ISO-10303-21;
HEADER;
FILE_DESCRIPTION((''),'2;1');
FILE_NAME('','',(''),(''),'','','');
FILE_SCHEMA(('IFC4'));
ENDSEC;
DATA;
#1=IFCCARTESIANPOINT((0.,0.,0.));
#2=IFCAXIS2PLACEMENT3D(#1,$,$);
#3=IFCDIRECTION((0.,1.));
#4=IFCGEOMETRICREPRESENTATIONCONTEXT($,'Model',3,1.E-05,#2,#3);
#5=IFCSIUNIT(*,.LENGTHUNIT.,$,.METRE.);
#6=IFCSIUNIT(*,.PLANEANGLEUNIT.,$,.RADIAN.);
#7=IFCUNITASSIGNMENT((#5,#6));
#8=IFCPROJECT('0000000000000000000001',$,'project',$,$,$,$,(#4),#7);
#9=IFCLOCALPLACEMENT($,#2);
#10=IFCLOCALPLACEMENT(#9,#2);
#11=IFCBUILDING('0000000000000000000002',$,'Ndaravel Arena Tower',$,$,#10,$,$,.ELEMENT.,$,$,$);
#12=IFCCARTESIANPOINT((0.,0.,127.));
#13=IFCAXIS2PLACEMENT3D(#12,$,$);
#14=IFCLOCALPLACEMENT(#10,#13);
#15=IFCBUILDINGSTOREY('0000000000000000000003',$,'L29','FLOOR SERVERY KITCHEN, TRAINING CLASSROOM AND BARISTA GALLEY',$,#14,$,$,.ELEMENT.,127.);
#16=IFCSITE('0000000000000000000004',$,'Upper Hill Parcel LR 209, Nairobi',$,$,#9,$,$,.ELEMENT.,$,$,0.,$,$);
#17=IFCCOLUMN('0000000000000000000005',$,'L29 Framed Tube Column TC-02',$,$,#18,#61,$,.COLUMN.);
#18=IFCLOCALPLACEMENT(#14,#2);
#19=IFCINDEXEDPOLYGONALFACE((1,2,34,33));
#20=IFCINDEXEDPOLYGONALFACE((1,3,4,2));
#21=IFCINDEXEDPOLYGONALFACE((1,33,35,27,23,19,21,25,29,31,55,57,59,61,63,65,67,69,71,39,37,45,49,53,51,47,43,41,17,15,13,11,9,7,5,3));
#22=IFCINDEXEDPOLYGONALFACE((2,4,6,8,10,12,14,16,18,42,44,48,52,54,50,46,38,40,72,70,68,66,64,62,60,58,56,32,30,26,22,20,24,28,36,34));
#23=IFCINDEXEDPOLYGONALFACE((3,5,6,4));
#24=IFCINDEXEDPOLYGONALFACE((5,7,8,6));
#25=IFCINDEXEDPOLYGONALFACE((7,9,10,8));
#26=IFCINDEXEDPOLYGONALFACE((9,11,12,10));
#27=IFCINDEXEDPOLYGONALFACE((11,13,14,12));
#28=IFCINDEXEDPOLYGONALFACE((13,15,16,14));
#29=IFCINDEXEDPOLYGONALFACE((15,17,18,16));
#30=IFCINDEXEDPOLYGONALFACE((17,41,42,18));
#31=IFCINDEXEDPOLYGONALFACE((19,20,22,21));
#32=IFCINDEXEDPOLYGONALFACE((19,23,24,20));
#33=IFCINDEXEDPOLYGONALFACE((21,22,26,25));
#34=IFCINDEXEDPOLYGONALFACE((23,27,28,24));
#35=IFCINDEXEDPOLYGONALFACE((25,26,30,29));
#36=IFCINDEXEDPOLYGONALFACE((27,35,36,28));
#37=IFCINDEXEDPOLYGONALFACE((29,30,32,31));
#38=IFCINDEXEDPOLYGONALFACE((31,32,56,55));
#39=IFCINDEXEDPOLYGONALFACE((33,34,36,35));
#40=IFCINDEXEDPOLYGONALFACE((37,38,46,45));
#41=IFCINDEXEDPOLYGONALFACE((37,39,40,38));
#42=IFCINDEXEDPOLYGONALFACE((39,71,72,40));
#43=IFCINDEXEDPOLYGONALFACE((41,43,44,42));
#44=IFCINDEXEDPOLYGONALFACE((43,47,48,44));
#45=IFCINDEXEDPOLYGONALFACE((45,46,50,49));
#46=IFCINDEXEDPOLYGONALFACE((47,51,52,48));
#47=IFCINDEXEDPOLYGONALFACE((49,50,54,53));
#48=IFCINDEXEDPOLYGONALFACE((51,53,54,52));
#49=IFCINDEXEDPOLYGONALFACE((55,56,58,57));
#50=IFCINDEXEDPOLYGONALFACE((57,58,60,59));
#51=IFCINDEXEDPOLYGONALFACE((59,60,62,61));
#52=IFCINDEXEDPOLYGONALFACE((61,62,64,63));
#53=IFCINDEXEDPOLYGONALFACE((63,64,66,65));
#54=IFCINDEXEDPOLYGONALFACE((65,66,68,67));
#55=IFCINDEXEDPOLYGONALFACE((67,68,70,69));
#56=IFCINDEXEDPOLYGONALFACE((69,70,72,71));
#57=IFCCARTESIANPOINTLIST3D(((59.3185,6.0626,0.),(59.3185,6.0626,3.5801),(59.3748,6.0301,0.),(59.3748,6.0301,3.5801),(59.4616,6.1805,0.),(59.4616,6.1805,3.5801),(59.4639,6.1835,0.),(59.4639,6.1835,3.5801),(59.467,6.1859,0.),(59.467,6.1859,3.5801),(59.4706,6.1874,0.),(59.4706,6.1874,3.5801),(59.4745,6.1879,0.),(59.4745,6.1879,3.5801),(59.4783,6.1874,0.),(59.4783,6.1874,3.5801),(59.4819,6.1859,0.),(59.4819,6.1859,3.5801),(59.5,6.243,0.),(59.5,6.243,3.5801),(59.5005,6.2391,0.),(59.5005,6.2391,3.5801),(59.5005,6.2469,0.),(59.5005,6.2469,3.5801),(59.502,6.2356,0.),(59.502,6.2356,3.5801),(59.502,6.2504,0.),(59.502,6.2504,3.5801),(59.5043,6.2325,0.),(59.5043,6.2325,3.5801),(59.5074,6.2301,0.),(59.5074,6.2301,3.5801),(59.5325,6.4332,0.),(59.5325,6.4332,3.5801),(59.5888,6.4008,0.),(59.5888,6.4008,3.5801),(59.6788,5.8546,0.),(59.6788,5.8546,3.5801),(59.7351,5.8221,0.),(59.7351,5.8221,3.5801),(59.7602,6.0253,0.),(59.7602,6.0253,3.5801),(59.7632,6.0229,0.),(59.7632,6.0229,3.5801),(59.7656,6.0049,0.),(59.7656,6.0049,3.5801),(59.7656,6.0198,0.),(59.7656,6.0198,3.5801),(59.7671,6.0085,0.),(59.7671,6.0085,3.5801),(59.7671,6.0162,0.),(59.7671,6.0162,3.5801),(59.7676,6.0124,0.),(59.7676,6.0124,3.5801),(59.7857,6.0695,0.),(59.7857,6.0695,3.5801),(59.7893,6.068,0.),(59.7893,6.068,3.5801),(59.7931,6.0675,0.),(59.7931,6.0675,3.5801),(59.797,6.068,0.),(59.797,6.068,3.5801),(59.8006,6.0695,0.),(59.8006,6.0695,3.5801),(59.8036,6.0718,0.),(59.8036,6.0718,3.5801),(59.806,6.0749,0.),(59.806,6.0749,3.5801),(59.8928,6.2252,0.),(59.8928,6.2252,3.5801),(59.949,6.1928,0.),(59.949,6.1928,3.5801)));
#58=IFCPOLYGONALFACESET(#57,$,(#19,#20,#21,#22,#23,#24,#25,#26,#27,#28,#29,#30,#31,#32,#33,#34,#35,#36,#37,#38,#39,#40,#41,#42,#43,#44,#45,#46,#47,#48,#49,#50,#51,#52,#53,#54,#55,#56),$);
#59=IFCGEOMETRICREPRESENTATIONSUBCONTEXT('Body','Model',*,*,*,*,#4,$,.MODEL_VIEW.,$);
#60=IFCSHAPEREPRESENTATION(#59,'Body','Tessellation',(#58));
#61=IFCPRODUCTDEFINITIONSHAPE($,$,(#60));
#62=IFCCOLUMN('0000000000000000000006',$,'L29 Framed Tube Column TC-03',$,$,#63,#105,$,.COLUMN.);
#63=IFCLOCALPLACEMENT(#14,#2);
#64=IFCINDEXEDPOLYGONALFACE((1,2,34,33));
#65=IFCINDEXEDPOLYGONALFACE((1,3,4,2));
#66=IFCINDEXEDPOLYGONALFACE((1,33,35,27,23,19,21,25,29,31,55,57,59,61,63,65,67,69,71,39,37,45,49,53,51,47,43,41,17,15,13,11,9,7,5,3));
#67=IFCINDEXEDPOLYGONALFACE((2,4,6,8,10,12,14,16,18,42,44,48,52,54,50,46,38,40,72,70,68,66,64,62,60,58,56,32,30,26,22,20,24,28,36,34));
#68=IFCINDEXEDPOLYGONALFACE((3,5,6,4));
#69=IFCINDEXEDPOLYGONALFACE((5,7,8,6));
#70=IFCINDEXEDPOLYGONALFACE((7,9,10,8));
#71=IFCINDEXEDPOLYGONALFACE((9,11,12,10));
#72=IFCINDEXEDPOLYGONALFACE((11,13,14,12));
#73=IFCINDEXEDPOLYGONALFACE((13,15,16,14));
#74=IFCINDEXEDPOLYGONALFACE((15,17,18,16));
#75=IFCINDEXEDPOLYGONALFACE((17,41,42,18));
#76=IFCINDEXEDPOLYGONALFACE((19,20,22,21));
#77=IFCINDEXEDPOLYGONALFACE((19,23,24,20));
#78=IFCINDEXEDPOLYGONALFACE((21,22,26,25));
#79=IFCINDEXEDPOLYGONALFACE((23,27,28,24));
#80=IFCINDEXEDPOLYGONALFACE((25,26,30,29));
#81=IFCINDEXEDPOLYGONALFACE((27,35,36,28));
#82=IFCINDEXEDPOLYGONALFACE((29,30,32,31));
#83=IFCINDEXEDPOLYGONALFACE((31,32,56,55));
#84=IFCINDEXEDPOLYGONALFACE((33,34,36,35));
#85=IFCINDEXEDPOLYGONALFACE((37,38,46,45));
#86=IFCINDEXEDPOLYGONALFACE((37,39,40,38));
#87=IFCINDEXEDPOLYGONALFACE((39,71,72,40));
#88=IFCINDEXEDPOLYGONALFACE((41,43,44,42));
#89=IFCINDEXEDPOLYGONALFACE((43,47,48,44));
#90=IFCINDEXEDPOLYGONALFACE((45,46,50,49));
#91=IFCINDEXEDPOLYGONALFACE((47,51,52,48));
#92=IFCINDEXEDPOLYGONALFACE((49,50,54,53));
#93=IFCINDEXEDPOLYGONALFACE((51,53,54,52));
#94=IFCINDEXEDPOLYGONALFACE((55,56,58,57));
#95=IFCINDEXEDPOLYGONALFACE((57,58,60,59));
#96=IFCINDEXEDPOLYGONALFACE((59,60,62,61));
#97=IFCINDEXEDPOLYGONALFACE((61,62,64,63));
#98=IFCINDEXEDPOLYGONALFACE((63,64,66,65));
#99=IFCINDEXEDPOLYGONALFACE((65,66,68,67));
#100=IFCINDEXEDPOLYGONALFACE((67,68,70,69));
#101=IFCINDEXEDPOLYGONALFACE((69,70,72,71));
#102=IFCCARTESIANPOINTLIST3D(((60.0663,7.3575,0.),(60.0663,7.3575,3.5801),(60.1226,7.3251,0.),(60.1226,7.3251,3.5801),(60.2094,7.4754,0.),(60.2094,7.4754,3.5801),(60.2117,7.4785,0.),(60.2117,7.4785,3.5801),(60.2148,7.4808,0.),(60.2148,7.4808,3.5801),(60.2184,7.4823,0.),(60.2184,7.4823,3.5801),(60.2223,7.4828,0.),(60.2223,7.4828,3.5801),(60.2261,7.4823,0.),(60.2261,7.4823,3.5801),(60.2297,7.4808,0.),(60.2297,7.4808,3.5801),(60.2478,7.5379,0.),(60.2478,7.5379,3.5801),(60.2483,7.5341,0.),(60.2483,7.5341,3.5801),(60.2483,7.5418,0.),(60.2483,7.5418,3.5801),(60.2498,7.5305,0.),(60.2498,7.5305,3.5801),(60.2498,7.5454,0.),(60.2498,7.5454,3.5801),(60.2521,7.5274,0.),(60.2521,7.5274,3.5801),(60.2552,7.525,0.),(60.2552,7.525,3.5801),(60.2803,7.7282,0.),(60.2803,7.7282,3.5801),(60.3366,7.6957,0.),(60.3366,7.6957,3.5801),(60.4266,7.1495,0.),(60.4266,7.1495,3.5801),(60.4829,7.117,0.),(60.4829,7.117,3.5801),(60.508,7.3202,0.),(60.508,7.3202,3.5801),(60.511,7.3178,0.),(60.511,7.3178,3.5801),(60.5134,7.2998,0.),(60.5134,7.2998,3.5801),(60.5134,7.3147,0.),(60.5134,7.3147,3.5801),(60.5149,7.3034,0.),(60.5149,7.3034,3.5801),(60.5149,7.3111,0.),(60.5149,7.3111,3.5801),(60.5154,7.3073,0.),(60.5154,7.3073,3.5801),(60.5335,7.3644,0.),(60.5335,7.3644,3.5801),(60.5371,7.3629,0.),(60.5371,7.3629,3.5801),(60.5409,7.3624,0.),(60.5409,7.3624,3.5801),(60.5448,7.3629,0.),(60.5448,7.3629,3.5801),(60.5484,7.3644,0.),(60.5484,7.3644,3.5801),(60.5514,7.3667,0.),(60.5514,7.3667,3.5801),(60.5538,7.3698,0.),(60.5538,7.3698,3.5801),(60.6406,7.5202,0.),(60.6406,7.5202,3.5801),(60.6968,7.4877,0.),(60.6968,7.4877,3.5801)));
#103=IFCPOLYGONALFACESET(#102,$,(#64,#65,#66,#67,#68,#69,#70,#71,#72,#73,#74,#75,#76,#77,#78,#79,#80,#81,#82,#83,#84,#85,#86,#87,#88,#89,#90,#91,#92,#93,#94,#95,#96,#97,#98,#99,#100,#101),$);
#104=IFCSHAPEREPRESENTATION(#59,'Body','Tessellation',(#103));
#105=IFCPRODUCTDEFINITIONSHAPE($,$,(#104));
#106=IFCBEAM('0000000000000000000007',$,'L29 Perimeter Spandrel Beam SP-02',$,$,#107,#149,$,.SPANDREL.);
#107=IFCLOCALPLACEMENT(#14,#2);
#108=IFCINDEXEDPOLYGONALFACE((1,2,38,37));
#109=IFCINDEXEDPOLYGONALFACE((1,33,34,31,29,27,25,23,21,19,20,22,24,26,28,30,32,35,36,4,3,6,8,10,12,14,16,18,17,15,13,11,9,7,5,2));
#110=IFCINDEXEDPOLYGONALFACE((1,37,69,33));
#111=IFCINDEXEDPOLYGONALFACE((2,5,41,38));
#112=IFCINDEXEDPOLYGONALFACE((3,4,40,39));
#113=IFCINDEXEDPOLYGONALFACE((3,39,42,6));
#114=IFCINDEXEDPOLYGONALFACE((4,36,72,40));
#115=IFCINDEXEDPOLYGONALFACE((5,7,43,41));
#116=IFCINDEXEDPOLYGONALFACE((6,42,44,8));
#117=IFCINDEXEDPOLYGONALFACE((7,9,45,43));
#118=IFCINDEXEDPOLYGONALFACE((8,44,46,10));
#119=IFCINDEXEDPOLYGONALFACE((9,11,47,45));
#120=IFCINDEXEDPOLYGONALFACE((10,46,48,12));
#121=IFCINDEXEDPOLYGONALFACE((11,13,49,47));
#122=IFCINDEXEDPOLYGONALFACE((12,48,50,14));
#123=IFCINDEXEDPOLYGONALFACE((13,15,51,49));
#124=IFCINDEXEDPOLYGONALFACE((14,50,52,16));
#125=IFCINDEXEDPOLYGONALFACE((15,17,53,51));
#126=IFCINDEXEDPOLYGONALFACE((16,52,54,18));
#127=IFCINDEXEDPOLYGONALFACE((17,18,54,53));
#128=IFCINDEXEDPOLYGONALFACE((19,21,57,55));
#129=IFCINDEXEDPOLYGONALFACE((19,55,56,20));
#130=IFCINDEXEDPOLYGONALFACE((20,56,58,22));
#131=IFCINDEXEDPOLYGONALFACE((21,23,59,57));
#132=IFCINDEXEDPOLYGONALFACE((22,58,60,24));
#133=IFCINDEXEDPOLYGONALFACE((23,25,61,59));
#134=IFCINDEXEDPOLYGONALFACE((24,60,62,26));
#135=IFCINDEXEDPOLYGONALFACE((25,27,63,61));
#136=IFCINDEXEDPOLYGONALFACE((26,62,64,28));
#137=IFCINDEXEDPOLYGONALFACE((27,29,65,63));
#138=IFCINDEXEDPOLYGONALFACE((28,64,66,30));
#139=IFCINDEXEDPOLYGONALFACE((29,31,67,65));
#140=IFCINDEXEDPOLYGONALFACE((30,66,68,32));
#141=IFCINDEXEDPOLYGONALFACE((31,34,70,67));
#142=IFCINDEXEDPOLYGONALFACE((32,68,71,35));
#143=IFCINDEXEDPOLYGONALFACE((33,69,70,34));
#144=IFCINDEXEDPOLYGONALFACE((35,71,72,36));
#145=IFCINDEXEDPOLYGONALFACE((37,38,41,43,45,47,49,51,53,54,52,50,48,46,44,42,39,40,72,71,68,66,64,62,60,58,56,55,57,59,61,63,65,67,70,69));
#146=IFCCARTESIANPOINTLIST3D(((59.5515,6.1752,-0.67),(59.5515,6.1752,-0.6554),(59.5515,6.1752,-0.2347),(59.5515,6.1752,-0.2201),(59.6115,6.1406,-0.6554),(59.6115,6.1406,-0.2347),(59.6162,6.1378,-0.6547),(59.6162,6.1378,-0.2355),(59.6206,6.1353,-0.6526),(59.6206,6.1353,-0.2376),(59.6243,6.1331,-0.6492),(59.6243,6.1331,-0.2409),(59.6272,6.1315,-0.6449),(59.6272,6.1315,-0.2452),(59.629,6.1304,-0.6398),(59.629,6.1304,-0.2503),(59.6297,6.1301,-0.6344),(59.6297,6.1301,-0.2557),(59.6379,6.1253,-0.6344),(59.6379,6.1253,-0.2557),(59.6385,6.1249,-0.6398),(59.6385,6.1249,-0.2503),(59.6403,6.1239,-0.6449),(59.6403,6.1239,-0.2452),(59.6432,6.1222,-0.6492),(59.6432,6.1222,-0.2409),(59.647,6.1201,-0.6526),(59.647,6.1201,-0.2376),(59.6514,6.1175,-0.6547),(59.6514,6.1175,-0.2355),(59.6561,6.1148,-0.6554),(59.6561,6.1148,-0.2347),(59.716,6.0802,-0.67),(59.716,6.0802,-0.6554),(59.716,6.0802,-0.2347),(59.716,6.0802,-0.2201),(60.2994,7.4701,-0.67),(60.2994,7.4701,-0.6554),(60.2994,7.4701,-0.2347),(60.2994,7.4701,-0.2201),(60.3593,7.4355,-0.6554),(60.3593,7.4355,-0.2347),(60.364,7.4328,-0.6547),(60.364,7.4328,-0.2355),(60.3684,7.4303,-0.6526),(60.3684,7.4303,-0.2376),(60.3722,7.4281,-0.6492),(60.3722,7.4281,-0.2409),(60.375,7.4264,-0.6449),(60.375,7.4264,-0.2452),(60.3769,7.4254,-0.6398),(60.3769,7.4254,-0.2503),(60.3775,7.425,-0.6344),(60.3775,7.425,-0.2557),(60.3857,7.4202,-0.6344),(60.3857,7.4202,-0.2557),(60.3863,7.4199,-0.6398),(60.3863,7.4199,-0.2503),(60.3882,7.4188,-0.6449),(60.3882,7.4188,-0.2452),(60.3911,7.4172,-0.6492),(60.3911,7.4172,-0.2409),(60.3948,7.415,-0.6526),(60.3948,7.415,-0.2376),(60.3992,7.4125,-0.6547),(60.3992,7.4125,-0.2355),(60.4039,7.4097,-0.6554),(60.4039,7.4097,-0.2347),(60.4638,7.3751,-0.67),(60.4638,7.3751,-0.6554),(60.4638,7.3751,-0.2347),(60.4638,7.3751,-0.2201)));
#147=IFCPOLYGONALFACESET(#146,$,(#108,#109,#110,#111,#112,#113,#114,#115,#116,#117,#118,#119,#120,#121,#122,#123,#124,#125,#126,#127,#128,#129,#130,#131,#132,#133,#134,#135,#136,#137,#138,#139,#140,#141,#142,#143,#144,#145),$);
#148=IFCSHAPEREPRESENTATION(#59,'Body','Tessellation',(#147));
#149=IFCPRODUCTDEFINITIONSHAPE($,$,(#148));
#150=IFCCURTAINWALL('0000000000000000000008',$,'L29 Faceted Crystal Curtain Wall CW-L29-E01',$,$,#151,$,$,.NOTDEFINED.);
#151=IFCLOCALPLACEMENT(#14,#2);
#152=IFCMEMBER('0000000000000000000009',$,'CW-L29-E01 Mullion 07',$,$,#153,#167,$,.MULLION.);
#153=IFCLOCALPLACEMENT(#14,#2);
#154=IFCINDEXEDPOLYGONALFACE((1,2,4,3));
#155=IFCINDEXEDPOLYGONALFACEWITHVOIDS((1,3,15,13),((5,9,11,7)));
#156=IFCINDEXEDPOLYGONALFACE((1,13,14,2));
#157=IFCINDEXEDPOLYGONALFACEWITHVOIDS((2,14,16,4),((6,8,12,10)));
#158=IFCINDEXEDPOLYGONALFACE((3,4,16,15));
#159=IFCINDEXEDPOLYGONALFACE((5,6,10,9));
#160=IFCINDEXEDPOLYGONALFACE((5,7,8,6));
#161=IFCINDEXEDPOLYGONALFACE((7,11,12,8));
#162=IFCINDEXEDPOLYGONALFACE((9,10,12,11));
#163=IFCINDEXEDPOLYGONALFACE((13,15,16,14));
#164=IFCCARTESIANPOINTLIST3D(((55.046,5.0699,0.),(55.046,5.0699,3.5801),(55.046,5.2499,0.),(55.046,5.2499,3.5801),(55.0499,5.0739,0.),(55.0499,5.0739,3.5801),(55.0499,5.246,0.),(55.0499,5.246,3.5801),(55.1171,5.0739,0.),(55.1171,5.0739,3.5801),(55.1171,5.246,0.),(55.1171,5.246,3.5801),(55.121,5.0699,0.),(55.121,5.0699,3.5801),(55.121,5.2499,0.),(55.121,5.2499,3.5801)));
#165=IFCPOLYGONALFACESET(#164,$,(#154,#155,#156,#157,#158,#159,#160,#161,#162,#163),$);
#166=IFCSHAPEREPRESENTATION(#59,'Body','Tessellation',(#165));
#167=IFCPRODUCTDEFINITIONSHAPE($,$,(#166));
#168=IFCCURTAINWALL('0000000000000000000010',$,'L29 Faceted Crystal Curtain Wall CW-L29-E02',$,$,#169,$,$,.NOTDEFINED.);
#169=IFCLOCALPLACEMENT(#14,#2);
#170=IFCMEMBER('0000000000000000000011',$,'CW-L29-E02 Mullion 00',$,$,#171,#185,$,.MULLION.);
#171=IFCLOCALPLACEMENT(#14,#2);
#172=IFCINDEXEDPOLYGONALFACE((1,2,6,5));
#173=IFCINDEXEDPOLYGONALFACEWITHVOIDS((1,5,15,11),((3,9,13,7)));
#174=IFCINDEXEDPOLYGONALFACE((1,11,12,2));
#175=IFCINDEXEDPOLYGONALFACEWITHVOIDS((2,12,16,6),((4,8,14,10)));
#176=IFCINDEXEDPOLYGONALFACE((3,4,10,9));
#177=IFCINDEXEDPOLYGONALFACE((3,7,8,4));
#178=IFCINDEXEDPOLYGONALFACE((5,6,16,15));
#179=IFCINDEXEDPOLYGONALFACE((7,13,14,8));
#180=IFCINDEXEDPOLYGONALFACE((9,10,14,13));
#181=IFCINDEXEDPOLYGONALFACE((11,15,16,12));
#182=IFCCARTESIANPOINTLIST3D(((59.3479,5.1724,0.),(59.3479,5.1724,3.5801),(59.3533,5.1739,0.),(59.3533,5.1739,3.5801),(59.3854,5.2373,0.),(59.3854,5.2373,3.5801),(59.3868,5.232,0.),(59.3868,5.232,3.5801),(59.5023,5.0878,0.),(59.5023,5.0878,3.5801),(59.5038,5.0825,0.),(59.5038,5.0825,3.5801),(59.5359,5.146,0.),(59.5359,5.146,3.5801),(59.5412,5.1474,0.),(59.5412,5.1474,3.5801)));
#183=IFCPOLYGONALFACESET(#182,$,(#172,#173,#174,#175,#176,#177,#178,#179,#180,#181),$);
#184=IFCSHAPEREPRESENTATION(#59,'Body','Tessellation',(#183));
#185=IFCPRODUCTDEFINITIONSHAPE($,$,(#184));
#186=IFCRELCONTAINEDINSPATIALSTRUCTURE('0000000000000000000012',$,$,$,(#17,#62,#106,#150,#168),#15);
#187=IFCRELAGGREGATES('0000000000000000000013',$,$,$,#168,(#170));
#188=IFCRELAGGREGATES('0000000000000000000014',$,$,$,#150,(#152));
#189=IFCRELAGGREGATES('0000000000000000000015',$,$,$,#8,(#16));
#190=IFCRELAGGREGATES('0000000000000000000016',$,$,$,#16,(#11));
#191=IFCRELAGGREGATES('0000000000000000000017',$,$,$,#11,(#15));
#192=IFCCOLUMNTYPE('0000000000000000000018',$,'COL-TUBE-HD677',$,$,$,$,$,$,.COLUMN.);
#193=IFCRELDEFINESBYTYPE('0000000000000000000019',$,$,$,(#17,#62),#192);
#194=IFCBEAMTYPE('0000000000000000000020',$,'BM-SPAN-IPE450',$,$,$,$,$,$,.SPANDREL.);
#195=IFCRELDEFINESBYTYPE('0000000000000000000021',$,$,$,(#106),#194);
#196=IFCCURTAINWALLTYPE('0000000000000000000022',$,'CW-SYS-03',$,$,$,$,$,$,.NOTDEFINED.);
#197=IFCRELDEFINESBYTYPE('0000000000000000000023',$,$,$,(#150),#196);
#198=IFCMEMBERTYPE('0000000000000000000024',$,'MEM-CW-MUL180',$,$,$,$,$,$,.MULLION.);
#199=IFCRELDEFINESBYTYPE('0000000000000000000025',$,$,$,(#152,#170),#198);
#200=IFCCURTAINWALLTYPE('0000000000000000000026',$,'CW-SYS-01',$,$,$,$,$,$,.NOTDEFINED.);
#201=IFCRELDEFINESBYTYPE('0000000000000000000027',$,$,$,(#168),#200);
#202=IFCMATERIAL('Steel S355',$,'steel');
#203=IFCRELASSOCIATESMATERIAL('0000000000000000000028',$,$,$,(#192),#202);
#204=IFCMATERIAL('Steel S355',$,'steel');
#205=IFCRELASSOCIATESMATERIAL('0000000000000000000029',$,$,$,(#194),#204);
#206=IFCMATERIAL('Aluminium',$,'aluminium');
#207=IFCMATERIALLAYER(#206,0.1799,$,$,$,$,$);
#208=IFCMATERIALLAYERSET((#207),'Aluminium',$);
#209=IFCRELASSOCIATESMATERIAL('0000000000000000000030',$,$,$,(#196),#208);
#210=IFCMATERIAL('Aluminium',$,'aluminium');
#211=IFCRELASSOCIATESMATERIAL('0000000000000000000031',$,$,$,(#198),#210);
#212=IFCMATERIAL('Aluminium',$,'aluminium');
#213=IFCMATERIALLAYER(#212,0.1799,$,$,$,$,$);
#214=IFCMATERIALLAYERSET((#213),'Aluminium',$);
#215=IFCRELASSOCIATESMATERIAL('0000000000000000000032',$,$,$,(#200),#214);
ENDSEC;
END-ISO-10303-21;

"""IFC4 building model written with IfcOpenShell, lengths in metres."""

from ifc_helpers import new_model, si_unit, direction, frame, origin, origin_2d, place, context, subcontext, project, spatial, hollow_rectangle, i_section, extrude, material, layer, layer_set, material_profile, profile_set, type_object, element, aggregate, save


model = new_model("IFC4")

# Units and contexts
model_context = context("Model", 3, precision=1e-05, world=origin(), true_north=direction((0.0, 1.0)))
body_context = subcontext(model_context, "Body", "Model", "MODEL_VIEW")
ifc_project = project(units=[si_unit("LENGTHUNIT", "METRE"), si_unit("PLANEANGLEUNIT", "RADIAN")], contexts=[model_context])

# Site, building, storey
site_placement = place(None, origin())
site = spatial("IfcSite", under=ifc_project, at=site_placement, Name="Upper Hill Parcel LR 209, Nairobi", CompositionType="ELEMENT", RefElevation=0.0)
building_placement = place(site_placement, origin())
building = spatial("IfcBuilding", under=site, at=building_placement, Name="Ndaravel Arena Tower", CompositionType="ELEMENT")
storey_placement = place(building_placement, frame((0.0, 0.0, 127.0)))
storey = spatial("IfcBuildingStorey", under=building, at=storey_placement, Name="L29", Description="FLOOR SERVERY KITCHEN, TRAINING CLASSROOM AND BARISTA GALLEY", CompositionType="ELEMENT", Elevation=127.0)

# Columns
ifc_material_1 = material(Name="Steel S355", Category="steel")
ifc_material_profile_1 = material_profile(ifc_material_1, i_section(OverallWidth=0.428, OverallDepth=0.481, WebThickness=0.051, FlangeThickness=0.0649, FilletRadius=0.0149, at=origin_2d()), Name="HD 400x677")
ifc_profile_set_1 = profile_set([ifc_material_profile_1], Name="Steel S355")
column_type = type_object("IfcColumnType", Name="COL-TUBE-HD677", PredefinedType="COLUMN", material=ifc_profile_set_1)
for number, where, z_axis, x_axis, name in (
    (1, (59.6338, 6.1277, 0.0), (0.0, 0.0, 1.0), (0.5, 0.866025, 0.0), "L29 Framed Tube Column TC-02"),
    (2, (60.3816, 7.4226, 0.0), (0.0, 0.0, 1.0), (0.5, 0.866025, 0.0), "L29 Framed Tube Column TC-03"),
):
    element("IfcColumn", number, at=place(storey_placement, frame(where, z_axis=z_axis, x_axis=x_axis)), inside=storey, type_object=column_type, Name=name, PredefinedType="COLUMN", context=body_context, shape_type="SweptSolid", body=[
        extrude(i_section(OverallWidth=0.428, OverallDepth=0.481, WebThickness=0.051, FlangeThickness=0.0649, FilletRadius=0.0149, at=origin_2d()), origin(), (0.0, 0.0, 1.0), 3.5801),
    ])

# Beam
ifc_material_2 = material(Name="Steel S355", Category="steel")
ifc_material_profile_2 = material_profile(ifc_material_2, i_section(OverallWidth=0.1899, OverallDepth=0.45, WebThickness=0.0095, FlangeThickness=0.0146, FilletRadius=0.021, at=origin_2d()), Name="IPE 450")
ifc_profile_set_2 = profile_set([ifc_material_profile_2], Name="Steel S355")
beam_type = type_object("IfcBeamType", Name="BM-SPAN-IPE450", PredefinedType="SPANDREL", material=ifc_profile_set_2)
beam_placement = place(storey_placement, frame((59.6338, 6.1277, -0.4451), z_axis=(0.50009, 0.865973, 0.0), x_axis=(-0.865973, 0.50009, 0.0)))
element("IfcBeam", 3, at=beam_placement, inside=storey, type_object=beam_type, Name="L29 Perimeter Spandrel Beam SP-02", PredefinedType="SPANDREL", context=body_context, shape_type="SweptSolid", body=[
    extrude(i_section(OverallWidth=0.1899, OverallDepth=0.45, WebThickness=0.0095, FlangeThickness=0.0146, FilletRadius=0.021, at=origin_2d()), origin(), (0.0, 0.0, 1.0), 1.4954),
])

# Curtain wall, member
ifc_material_3 = material(Name="Aluminium", Category="aluminium")
ifc_layer_1 = layer(ifc_material_3, 0.1799)
ifc_layer_set_1 = layer_set([ifc_layer_1], Name="Aluminium")
curtain_wall_type_1 = type_object("IfcCurtainWallType", Name="CW-SYS-03", PredefinedType="NOTDEFINED", material=ifc_layer_set_1)
curtain_wall_1_placement = place(storey_placement, origin())
curtain_wall_1 = element("IfcCurtainWall", 4, at=curtain_wall_1_placement, inside=storey, type_object=curtain_wall_type_1, Name="L29 Faceted Crystal Curtain Wall CW-L29-E01", PredefinedType="NOTDEFINED")
ifc_material_4 = material(Name="Aluminium", Category="aluminium")
ifc_material_profile_3 = material_profile(ifc_material_4, hollow_rectangle(XDim=0.075, YDim=0.1799, WallThickness=0.0039, at=origin_2d()), Name="CW MULLION 75x180x4")
ifc_profile_set_3 = profile_set([ifc_material_profile_3], Name="Aluminium")
member_type_1 = type_object("IfcMemberType", Name="MEM-CW-MUL180", PredefinedType="MULLION", material=ifc_profile_set_3)
member_1_placement = place(storey_placement, frame((55.0835, 5.1599, 0.0), z_axis=(0.0, 0.0, 1.0), x_axis=(1.0, 0.0, 0.0)))
member_1 = element("IfcMember", 5, at=member_1_placement, type_object=member_type_1, Name="CW-L29-E01 Mullion 07", PredefinedType="MULLION", context=body_context, shape_type="SweptSolid", body=[
    extrude(hollow_rectangle(XDim=0.075, YDim=0.1799, WallThickness=0.0039, at=origin_2d()), origin(), (0.0, 0.0, 1.0), 3.5801),
])

# Curtain wall, member
ifc_material_5 = material(Name="Aluminium", Category="aluminium")
ifc_layer_2 = layer(ifc_material_5, 0.1799)
ifc_layer_set_2 = layer_set([ifc_layer_2], Name="Aluminium")
curtain_wall_type_2 = type_object("IfcCurtainWallType", Name="CW-SYS-01", PredefinedType="NOTDEFINED", material=ifc_layer_set_2)
curtain_wall_2_placement = place(storey_placement, origin())
curtain_wall_2 = element("IfcCurtainWall", 6, at=curtain_wall_2_placement, inside=storey, type_object=curtain_wall_type_2, Name="L29 Faceted Crystal Curtain Wall CW-L29-E02", PredefinedType="NOTDEFINED")
member_2_placement = place(storey_placement, frame((59.4446, 5.1599, 0.0), z_axis=(0.0, 0.0, 1.0), x_axis=(0.5, 0.866025, 0.0)))
member_2 = element("IfcMember", 7, at=member_2_placement, type_object=member_type_1, Name="CW-L29-E02 Mullion 00", PredefinedType="MULLION", context=body_context, shape_type="SweptSolid", body=[
    extrude(hollow_rectangle(XDim=0.075, YDim=0.1799, WallThickness=0.0039, at=origin_2d()), origin(), (0.0, 0.0, 1.0), 3.5801),
])
aggregate(curtain_wall_2, [member_2])

aggregate(curtain_wall_1, [member_1])

save(model, "model.ifc")
